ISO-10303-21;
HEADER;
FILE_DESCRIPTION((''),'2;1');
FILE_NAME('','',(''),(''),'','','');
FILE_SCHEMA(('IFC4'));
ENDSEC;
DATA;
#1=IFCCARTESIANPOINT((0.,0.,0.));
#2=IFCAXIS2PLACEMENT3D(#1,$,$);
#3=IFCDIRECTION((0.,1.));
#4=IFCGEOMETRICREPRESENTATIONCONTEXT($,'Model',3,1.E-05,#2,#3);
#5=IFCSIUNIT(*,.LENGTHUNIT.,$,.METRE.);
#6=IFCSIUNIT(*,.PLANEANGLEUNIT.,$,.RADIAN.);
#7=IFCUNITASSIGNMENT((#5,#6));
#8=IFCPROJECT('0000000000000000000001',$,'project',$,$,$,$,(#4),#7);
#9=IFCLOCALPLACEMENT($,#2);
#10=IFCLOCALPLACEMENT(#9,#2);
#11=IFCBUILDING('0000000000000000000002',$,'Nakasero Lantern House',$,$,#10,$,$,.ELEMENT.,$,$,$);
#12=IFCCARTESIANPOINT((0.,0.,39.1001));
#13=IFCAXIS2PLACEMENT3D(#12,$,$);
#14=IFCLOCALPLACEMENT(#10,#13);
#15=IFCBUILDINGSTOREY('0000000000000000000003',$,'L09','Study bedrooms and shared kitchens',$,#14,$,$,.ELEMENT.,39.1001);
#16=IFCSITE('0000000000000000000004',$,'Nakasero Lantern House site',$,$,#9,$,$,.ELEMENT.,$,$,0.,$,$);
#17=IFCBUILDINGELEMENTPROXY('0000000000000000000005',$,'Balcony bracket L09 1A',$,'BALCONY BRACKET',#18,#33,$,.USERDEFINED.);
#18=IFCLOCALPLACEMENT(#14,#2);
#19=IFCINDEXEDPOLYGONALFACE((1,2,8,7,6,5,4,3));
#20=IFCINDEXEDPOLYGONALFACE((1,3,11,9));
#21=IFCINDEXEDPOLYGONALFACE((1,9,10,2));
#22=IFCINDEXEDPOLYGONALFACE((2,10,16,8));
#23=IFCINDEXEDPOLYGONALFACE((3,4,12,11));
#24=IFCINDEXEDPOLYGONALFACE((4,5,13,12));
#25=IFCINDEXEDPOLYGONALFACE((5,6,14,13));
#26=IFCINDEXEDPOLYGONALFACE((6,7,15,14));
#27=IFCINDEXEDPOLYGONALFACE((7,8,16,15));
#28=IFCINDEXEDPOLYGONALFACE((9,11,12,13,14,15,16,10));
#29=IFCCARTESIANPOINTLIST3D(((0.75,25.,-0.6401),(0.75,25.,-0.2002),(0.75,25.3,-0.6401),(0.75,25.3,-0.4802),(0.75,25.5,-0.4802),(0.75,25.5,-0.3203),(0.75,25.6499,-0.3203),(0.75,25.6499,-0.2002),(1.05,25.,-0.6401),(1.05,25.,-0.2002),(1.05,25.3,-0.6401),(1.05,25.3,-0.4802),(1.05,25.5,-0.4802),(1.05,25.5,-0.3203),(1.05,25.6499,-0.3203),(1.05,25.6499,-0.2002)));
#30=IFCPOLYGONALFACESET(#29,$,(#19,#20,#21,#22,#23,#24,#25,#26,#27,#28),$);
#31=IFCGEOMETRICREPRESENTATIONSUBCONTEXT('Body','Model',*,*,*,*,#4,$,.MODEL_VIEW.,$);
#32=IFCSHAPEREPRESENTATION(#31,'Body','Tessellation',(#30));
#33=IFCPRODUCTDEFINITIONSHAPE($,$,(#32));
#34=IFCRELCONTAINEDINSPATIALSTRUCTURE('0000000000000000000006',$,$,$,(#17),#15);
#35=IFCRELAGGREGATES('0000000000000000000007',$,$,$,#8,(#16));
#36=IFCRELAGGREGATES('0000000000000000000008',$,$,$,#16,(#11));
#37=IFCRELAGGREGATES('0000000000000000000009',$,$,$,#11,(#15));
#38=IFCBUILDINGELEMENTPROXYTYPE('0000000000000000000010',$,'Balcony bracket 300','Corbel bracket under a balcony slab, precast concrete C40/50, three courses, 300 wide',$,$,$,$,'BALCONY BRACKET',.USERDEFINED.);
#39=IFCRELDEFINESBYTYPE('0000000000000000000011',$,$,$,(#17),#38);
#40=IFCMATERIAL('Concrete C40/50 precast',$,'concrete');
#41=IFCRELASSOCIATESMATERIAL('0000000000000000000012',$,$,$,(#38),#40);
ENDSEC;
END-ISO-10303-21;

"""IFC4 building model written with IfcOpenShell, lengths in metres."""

from ifc_helpers import new_model, si_unit, direction, frame, origin, place, context, subcontext, project, spatial, polyline, outline, extrude, material, type_object, element, save


model = new_model("IFC4")

# Units and contexts
model_context = context("Model", 3, precision=1e-05, world=origin(), true_north=direction((0.0, 1.0)))
body_context = subcontext(model_context, "Body", "Model", "MODEL_VIEW")
ifc_project = project(units=[si_unit("LENGTHUNIT", "METRE"), si_unit("PLANEANGLEUNIT", "RADIAN")], contexts=[model_context])

# Site, building, storey
site_placement = place(None, origin())
site = spatial("IfcSite", under=ifc_project, at=site_placement, Name="Nakasero Lantern House site", CompositionType="ELEMENT", RefElevation=0.0)
building_placement = place(site_placement, origin())
building = spatial("IfcBuilding", under=site, at=building_placement, Name="Nakasero Lantern House", CompositionType="ELEMENT")
storey_placement = place(building_placement, frame((0.0, 0.0, 39.1001)))
storey = spatial("IfcBuildingStorey", under=building, at=storey_placement, Name="L09", Description="Study bedrooms and shared kitchens", CompositionType="ELEMENT", Elevation=39.1001)

# Building element proxy
ifc_material_1 = material(Name="Concrete C40/50 precast", Category="concrete")
building_element_proxy_type = type_object("IfcBuildingElementProxyType", Name="Balcony bracket 300", Description="Corbel bracket under a balcony slab, precast concrete C40/50, three courses, 300 wide", ElementType="BALCONY BRACKET", PredefinedType="USERDEFINED", material=ifc_material_1)
proxy_placement = place(storey_placement, frame((0.8999, 25.0, -0.2002), z_axis=(0.0, 0.0, 1.0), x_axis=(0.0, 1.0, 0.0)))
element("IfcBuildingElementProxy", 1, at=proxy_placement, inside=storey, type_object=building_element_proxy_type, Name="Balcony bracket L09 1A", ObjectType="BALCONY BRACKET", PredefinedType="USERDEFINED", context=body_context, shape_type="SweptSolid", body=[
    extrude(outline(polyline([(0.0, 0.0), (0.6499, 0.0), (0.6499, -0.1201), (0.5, -0.1201), (0.5, -0.28), (0.3, -0.28), (0.3, -0.4399), (0.0, -0.4399), (0.0, 0.0)])), frame((0.0, 0.1499, 0.0), z_axis=(0.0, -1.0, 0.0), x_axis=(1.0, 0.0, 0.0)), (0.0, 0.0, 1.0), 0.3),
])

save(model, "model.ifc")
